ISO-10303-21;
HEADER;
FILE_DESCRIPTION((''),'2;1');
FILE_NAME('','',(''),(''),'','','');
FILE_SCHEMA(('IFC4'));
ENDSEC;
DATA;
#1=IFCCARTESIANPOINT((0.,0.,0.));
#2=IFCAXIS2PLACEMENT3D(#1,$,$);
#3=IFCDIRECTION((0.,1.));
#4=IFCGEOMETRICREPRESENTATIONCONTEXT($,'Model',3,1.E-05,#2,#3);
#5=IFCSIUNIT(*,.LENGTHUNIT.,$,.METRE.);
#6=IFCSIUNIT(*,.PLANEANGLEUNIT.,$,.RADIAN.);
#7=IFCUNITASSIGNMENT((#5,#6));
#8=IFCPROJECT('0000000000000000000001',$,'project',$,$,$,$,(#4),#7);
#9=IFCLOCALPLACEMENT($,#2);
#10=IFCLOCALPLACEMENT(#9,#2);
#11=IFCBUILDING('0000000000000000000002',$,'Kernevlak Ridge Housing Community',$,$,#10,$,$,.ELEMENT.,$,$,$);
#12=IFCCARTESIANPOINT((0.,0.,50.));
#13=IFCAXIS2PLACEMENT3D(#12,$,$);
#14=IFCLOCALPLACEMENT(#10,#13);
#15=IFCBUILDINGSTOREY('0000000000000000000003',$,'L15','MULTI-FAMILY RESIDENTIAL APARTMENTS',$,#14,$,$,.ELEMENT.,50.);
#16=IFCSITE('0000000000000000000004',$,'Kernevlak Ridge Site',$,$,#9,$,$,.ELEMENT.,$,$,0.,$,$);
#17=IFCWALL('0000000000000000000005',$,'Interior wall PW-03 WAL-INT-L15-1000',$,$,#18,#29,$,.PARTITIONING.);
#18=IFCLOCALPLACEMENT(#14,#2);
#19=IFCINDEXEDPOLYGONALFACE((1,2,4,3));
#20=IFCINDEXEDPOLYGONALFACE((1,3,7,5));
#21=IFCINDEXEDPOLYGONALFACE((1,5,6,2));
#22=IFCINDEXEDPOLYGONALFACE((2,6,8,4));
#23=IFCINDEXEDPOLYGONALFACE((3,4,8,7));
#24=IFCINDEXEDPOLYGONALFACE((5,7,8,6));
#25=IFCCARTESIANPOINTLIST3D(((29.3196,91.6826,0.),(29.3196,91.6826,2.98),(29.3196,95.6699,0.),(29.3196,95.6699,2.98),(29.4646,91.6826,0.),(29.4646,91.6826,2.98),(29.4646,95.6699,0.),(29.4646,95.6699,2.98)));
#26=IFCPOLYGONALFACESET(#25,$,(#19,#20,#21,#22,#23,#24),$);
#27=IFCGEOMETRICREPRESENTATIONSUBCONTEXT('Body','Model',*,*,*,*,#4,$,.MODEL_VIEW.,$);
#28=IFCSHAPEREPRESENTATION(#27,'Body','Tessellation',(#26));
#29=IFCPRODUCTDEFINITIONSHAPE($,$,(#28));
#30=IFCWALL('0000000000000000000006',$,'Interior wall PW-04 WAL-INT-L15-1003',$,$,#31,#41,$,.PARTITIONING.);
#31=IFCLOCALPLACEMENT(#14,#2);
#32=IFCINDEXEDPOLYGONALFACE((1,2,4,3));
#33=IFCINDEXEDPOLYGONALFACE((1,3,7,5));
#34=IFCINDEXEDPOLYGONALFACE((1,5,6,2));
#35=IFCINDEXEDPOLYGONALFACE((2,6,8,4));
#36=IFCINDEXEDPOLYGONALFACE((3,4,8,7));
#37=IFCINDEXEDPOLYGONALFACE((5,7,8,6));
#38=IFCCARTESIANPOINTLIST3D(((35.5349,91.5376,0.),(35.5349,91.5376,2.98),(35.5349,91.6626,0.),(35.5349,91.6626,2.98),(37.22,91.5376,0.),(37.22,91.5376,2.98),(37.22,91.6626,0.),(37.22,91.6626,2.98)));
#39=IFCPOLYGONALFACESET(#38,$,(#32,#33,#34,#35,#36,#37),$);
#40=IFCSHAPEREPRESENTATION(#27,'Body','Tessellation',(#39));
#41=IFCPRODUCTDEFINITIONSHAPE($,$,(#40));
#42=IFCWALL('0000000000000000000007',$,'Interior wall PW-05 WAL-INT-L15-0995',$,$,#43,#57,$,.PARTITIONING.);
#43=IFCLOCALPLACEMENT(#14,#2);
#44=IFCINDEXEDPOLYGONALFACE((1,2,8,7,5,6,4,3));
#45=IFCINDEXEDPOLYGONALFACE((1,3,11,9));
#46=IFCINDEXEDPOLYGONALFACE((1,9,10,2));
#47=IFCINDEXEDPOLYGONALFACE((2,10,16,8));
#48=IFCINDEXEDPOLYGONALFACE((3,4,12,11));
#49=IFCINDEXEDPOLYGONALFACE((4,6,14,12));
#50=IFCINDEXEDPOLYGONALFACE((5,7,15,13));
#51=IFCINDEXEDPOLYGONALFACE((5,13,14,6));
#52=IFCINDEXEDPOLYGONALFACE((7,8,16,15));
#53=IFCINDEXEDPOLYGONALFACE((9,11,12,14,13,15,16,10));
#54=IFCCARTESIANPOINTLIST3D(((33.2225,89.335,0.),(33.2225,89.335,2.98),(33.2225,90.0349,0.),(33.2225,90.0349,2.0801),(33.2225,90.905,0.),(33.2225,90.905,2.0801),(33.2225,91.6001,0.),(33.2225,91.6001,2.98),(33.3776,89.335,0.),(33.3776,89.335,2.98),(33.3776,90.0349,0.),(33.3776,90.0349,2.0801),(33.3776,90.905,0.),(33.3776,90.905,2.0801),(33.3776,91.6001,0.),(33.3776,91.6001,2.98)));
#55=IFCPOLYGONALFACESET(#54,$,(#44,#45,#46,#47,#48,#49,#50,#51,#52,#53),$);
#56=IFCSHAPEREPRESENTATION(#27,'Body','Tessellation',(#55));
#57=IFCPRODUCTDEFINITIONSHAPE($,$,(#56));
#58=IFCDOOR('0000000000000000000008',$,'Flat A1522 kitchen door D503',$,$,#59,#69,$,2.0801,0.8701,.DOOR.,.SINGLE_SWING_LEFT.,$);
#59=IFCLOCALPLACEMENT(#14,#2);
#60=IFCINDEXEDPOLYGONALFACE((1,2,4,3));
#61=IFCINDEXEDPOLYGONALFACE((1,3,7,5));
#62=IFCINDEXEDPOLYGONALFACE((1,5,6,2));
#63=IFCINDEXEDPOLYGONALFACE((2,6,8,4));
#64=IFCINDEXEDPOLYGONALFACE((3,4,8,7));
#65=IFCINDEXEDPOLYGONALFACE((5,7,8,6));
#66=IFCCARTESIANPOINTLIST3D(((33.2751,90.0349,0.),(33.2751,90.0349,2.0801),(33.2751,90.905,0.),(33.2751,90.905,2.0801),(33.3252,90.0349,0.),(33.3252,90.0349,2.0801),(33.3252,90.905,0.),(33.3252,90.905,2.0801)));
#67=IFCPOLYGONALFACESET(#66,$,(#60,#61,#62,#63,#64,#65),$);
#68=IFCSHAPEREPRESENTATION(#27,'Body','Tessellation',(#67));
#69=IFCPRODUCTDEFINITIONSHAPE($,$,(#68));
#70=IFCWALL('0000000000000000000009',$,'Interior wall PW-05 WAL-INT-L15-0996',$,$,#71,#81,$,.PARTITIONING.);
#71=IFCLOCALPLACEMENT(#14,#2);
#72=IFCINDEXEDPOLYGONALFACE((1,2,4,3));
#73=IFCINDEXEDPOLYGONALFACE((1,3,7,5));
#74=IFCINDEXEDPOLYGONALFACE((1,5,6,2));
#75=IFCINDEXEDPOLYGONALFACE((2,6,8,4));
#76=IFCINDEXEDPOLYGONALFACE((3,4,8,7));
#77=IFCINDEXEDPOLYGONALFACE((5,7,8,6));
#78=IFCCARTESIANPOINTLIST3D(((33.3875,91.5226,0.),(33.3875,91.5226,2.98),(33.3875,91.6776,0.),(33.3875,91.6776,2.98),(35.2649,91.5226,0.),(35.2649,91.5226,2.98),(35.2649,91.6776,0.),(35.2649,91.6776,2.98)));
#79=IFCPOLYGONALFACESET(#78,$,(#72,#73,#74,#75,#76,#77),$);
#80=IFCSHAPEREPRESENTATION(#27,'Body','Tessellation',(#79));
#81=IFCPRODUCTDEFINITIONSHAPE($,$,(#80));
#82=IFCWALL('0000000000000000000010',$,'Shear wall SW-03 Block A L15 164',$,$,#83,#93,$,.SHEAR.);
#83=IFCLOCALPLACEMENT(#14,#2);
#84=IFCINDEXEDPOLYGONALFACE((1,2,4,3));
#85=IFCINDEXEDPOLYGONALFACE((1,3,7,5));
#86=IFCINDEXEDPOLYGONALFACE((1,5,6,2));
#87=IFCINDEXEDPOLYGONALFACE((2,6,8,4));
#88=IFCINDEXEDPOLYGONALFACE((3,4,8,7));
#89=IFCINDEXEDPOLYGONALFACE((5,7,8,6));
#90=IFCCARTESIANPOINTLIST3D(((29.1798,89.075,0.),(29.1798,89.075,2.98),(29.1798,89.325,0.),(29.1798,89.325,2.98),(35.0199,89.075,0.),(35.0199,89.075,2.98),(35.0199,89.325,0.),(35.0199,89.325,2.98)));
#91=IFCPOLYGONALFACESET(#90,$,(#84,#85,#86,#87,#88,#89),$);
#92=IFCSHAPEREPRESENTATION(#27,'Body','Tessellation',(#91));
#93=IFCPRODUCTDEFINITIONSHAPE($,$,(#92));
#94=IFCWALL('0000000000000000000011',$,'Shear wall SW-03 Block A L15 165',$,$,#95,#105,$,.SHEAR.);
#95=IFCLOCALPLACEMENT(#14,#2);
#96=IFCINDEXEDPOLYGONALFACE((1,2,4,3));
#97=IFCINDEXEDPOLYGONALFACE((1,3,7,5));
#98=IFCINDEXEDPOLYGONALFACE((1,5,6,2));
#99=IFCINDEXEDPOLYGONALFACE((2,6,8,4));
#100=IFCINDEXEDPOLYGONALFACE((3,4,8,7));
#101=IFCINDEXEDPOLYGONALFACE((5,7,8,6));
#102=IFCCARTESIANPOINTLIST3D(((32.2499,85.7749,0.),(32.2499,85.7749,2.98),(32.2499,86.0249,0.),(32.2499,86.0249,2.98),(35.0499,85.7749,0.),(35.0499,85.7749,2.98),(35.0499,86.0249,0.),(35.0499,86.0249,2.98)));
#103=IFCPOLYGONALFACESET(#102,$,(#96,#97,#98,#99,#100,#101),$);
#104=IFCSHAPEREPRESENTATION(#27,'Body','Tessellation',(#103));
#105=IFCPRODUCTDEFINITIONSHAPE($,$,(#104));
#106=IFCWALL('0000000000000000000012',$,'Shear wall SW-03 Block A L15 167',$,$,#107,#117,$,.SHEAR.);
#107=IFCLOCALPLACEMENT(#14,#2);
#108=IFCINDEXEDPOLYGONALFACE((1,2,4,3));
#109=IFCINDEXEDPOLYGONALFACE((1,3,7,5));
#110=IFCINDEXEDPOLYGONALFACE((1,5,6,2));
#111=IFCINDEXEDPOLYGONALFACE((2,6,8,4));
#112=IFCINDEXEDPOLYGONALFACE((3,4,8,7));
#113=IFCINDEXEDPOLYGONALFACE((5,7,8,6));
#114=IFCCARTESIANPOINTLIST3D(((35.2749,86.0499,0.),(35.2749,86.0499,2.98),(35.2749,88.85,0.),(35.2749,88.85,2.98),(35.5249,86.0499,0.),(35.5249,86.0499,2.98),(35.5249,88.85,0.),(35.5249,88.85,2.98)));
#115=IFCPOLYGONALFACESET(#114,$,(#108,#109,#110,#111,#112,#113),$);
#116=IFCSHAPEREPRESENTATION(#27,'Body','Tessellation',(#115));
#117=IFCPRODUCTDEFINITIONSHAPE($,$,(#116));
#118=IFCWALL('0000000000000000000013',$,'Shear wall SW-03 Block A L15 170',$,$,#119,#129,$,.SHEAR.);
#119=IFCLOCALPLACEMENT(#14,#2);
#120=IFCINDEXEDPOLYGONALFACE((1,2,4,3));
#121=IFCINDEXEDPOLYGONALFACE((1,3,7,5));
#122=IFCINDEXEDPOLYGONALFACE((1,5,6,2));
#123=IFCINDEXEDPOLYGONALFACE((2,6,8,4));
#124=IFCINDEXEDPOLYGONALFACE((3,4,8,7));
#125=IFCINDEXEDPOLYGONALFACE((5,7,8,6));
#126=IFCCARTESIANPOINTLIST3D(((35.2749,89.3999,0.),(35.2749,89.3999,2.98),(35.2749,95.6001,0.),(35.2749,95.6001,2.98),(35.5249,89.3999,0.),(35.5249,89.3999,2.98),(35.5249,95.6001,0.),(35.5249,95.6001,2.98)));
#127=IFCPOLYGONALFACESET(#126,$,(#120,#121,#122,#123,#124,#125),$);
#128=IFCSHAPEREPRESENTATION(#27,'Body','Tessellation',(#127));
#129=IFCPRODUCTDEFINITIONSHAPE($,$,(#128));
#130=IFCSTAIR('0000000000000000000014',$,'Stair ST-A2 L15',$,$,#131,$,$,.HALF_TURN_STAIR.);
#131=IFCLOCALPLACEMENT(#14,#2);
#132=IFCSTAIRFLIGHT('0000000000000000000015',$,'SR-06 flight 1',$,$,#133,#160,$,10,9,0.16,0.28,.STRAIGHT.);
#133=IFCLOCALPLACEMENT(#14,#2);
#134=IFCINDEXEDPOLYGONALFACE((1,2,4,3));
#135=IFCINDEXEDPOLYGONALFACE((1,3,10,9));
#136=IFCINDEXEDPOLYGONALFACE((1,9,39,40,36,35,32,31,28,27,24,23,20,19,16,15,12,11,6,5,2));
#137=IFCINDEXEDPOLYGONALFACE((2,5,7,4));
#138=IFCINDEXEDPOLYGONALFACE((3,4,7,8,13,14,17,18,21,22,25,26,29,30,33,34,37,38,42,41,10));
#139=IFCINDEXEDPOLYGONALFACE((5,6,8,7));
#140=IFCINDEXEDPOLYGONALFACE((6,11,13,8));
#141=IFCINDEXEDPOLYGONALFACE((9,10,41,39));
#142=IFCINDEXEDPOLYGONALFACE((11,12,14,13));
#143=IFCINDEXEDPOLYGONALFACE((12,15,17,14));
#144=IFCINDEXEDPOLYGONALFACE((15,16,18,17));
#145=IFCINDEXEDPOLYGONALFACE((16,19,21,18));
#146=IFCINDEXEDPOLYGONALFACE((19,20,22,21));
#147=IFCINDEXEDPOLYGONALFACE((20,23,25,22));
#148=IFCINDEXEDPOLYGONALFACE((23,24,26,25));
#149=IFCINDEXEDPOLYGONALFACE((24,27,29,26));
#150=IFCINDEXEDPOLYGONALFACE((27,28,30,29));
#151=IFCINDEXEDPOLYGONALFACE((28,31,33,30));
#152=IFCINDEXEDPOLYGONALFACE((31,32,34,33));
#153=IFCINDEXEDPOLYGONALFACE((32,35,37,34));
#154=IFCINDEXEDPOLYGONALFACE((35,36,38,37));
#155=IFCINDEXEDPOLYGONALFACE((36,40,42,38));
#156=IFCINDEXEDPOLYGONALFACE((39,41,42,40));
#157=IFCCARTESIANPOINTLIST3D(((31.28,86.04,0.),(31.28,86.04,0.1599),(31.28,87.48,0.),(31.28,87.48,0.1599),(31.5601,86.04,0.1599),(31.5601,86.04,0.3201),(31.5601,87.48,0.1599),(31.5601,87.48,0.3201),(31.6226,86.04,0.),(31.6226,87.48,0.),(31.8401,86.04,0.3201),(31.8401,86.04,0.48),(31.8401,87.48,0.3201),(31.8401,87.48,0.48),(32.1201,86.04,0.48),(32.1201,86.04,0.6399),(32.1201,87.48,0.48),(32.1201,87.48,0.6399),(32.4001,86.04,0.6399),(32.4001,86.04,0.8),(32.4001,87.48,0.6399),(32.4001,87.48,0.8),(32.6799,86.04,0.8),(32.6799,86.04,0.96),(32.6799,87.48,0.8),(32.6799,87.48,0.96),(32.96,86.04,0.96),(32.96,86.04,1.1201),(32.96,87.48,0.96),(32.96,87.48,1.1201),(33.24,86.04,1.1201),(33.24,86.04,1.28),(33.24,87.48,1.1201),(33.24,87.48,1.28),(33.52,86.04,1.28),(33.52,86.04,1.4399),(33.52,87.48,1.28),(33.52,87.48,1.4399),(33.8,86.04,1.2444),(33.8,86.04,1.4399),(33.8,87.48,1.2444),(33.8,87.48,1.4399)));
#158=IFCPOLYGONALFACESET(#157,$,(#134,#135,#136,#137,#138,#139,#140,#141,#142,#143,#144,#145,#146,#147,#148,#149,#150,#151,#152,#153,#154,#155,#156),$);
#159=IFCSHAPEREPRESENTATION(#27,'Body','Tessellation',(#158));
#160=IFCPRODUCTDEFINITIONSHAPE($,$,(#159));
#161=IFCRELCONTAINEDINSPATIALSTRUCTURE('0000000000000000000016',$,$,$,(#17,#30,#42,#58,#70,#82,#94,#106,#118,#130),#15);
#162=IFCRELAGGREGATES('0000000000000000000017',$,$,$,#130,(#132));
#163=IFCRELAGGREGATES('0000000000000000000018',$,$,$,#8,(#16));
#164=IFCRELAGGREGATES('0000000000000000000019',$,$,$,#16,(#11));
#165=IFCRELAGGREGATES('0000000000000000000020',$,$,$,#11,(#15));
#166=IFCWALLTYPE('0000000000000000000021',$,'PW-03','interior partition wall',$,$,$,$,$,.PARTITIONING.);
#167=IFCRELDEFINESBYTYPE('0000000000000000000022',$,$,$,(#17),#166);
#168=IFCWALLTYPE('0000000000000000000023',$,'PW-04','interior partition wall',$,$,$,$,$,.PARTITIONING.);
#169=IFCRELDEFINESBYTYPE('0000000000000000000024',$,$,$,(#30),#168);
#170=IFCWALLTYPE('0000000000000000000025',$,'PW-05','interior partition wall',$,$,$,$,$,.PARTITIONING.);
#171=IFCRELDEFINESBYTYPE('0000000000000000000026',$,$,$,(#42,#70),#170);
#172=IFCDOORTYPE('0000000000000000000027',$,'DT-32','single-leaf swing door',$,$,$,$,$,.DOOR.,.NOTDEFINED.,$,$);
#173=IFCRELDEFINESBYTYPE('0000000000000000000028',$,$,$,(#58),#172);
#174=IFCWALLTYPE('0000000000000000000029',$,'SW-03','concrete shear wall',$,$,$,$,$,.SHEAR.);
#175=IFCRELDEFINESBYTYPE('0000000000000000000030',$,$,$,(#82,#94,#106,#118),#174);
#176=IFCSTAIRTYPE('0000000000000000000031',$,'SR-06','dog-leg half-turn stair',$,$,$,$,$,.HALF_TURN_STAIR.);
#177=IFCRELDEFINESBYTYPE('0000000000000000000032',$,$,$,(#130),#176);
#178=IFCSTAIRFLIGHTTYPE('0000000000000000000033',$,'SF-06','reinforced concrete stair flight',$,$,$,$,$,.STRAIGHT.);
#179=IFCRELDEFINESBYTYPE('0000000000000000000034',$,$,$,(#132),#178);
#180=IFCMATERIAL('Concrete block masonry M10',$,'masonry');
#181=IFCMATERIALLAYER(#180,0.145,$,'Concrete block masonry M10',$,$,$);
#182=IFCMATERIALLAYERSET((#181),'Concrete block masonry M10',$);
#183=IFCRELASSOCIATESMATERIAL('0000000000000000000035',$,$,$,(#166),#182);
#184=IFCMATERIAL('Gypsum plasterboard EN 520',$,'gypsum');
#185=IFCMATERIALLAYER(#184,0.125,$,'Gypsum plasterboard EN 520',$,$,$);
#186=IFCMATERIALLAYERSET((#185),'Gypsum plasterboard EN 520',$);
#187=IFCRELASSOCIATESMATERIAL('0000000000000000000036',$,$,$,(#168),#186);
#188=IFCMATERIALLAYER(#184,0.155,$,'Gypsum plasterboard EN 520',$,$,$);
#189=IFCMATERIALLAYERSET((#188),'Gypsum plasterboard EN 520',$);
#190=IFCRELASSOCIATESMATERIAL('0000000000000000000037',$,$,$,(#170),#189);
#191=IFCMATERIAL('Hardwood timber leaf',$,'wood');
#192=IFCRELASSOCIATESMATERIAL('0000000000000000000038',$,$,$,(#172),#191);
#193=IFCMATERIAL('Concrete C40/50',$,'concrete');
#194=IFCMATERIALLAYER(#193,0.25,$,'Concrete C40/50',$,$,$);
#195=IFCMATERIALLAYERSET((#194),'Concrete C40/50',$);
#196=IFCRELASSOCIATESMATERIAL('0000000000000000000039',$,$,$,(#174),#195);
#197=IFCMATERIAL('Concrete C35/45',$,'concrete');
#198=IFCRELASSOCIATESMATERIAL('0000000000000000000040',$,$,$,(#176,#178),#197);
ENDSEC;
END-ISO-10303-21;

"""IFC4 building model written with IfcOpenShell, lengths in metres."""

from ifc_helpers import new_model, si_unit, direction, frame, frame_2d, origin, place, context, subcontext, project, spatial, polyline, rectangle, outline, extrude, material, layer, layer_set, type_object, element, fill, aggregate, save


model = new_model("IFC4")

# Units and contexts
model_context = context("Model", 3, precision=1e-05, world=origin(), true_north=direction((0.0, 1.0)))
body_context = subcontext(model_context, "Body", "Model", "MODEL_VIEW")
ifc_project = project(units=[si_unit("LENGTHUNIT", "METRE"), si_unit("PLANEANGLEUNIT", "RADIAN")], contexts=[model_context])

# Site, building, storey
site_placement = place(None, origin())
site = spatial("IfcSite", under=ifc_project, at=site_placement, Name="Kernevlak Ridge Site", CompositionType="ELEMENT", RefElevation=0.0)
building_placement = place(site_placement, origin())
building = spatial("IfcBuilding", under=site, at=building_placement, Name="Kernevlak Ridge Housing Community", CompositionType="ELEMENT")
storey_placement = place(building_placement, frame((0.0, 0.0, 50.0)))
storey = spatial("IfcBuildingStorey", under=building, at=storey_placement, Name="L15", Description="MULTI-FAMILY RESIDENTIAL APARTMENTS", CompositionType="ELEMENT", Elevation=50.0)

# Shared definitions
ifc_material_1 = material(Name="Concrete C35/45", Category="concrete")

# Shared definitions
ifc_material_2 = material(Name="Concrete block masonry M10", Category="masonry")

# Walls
ifc_layer_1 = layer(ifc_material_2, 0.145, Name="Concrete block masonry M10")
ifc_layer_set_1 = layer_set([ifc_layer_1], Name="Concrete block masonry M10")
wall_type_1 = type_object("IfcWallType", Name="PW-03", Description="interior partition wall", PredefinedType="PARTITIONING", material=ifc_layer_set_1)
wall_1_placement = place(storey_placement, frame((29.3921, 91.6826, 0.0), z_axis=(0.0, 0.0, 1.0), x_axis=(0.0, 1.0, 0.0)))
element("IfcWall", 1, at=wall_1_placement, inside=storey, type_object=wall_type_1, Name="Interior wall PW-03 WAL-INT-L15-1000", PredefinedType="PARTITIONING", context=body_context, shape_type="SweptSolid", body=[
    extrude(rectangle(XDim=3.9873, YDim=0.145, at=frame_2d((1.9937, 0.0))), origin(), (0.0, 0.0, 1.0), 2.98),
])
ifc_material_3 = material(Name="Gypsum plasterboard EN 520", Category="gypsum")
ifc_layer_2 = layer(ifc_material_3, 0.125, Name="Gypsum plasterboard EN 520")
ifc_layer_set_2 = layer_set([ifc_layer_2], Name="Gypsum plasterboard EN 520")
wall_type_2 = type_object("IfcWallType", Name="PW-04", Description="interior partition wall", PredefinedType="PARTITIONING", material=ifc_layer_set_2)
wall_2_placement = place(storey_placement, frame((35.5349, 91.6001, 0.0), z_axis=(0.0, 0.0, 1.0), x_axis=(1.0, 0.0, 0.0)))
element("IfcWall", 2, at=wall_2_placement, inside=storey, type_object=wall_type_2, Name="Interior wall PW-04 WAL-INT-L15-1003", PredefinedType="PARTITIONING", context=body_context, shape_type="SweptSolid", body=[
    extrude(rectangle(XDim=1.6851, YDim=0.125, at=frame_2d((0.8425, 0.0))), origin(), (0.0, 0.0, 1.0), 2.98),
])

# Wall, opening, door
ifc_layer_3 = layer(ifc_material_3, 0.155, Name="Gypsum plasterboard EN 520")
ifc_layer_set_3 = layer_set([ifc_layer_3], Name="Gypsum plasterboard EN 520")
wall_type_3 = type_object("IfcWallType", Name="PW-05", Description="interior partition wall", PredefinedType="PARTITIONING", material=ifc_layer_set_3)
wall_3_placement = place(storey_placement, frame((33.3, 89.335, 0.0), z_axis=(0.0, 0.0, 1.0), x_axis=(0.0, 1.0, 0.0)))
wall_3 = element("IfcWall", 3, at=wall_3_placement, inside=storey, type_object=wall_type_3, Name="Interior wall PW-05 WAL-INT-L15-0995", PredefinedType="PARTITIONING", context=body_context, shape_type="SweptSolid", body=[
    extrude(rectangle(XDim=2.2651, YDim=0.155, at=frame_2d((1.1326, 0.0))), origin(), (0.0, 0.0, 1.0), 2.98),
])
opening_1_placement = place(wall_3_placement, frame((0.7, 0.0, 0.0)))
opening_1 = element("IfcOpeningElement", 4, at=opening_1_placement, cuts=wall_3, PredefinedType="OPENING", context=body_context, shape_type="SweptSolid", body=[
    extrude(rectangle(XDim=0.8701, YDim=2.0801, at=frame_2d((0.4351, 1.04))), frame((0.0, 0.0874, 0.0), z_axis=(0.0, -1.0, 0.0), x_axis=(1.0, 0.0, 0.0)), (0.0, 0.0, 1.0), 0.175),
])
ifc_material_4 = material(Name="Hardwood timber leaf", Category="wood")
door_type_1 = type_object("IfcDoorType", Name="DT-32", Description="single-leaf swing door", OperationType="NOTDEFINED", PredefinedType="DOOR", material=ifc_material_4)
door_1_placement = place(opening_1_placement, origin())
door_1 = element("IfcDoor", 5, at=door_1_placement, inside=storey, type_object=door_type_1, Name="Flat A1522 kitchen door D503", OperationType="SINGLE_SWING_LEFT", OverallHeight=2.0801, OverallWidth=0.8701, PredefinedType="DOOR", context=body_context, shape_type="SweptSolid", body=[
    extrude(rectangle(XDim=0.8701, YDim=2.0801, at=frame_2d((0.4351, 1.04))), frame((0.0, 0.0249, 0.0), z_axis=(0.0, -1.0, 0.0), x_axis=(1.0, 0.0, 0.0)), (0.0, 0.0, 1.0), 0.05),
])
fill(opening_1, door_1)

# Walls
wall_4_placement = place(storey_placement, frame((33.3875, 91.6001, 0.0), z_axis=(0.0, 0.0, 1.0), x_axis=(1.0, 0.0, 0.0)))
element("IfcWall", 6, at=wall_4_placement, inside=storey, type_object=wall_type_3, Name="Interior wall PW-05 WAL-INT-L15-0996", PredefinedType="PARTITIONING", context=body_context, shape_type="SweptSolid", body=[
    extrude(rectangle(XDim=1.8774, YDim=0.155, at=frame_2d((0.9387, 0.0))), origin(), (0.0, 0.0, 1.0), 2.98),
])
ifc_material_5 = material(Name="Concrete C40/50", Category="concrete")
ifc_layer_4 = layer(ifc_material_5, 0.25, Name="Concrete C40/50")
ifc_layer_set_4 = layer_set([ifc_layer_4], Name="Concrete C40/50")
wall_type_4 = type_object("IfcWallType", Name="SW-03", Description="concrete shear wall", PredefinedType="SHEAR", material=ifc_layer_set_4)
wall_5_placement = place(storey_placement, frame((29.1799, 89.2, 0.0), z_axis=(0.0, 0.0, 1.0), x_axis=(1.0, 0.0, 0.0)))
element("IfcWall", 7, at=wall_5_placement, inside=storey, type_object=wall_type_4, Name="Shear wall SW-03 Block A L15 164", PredefinedType="SHEAR", context=body_context, shape_type="SweptSolid", body=[
    extrude(rectangle(XDim=5.8401, YDim=0.25, at=frame_2d((2.9199, 0.0))), origin(), (0.0, 0.0, 1.0), 2.98),
])
for number, where, z_axis, x_axis, name in (
    (8, (32.25, 85.8999, 0.0), (0.0, 0.0, 1.0), (1.0, 0.0, 0.0), "Shear wall SW-03 Block A L15 165"),
    (9, (35.3999, 86.05, 0.0), (0.0, 0.0, 1.0), (0.0, 1.0, 0.0), "Shear wall SW-03 Block A L15 167"),
):
    element("IfcWall", number, at=place(storey_placement, frame(where, z_axis=z_axis, x_axis=x_axis)), inside=storey, type_object=wall_type_4, Name=name, PredefinedType="SHEAR", context=body_context, shape_type="SweptSolid", body=[
        extrude(rectangle(XDim=2.8, YDim=0.25, at=frame_2d((1.3999, 0.0))), origin(), (0.0, 0.0, 1.0), 2.98),
    ])
wall_6_placement = place(storey_placement, frame((35.3999, 89.3999, 0.0), z_axis=(0.0, 0.0, 1.0), x_axis=(0.0, 1.0, 0.0)))
element("IfcWall", 10, at=wall_6_placement, inside=storey, type_object=wall_type_4, Name="Shear wall SW-03 Block A L15 170", PredefinedType="SHEAR", context=body_context, shape_type="SweptSolid", body=[
    extrude(rectangle(XDim=6.2002, YDim=0.25, at=frame_2d((3.1001, 0.0))), origin(), (0.0, 0.0, 1.0), 2.98),
])

# Stair, stair flight
stair_type = type_object("IfcStairType", Name="SR-06", Description="dog-leg half-turn stair", PredefinedType="HALF_TURN_STAIR", material=ifc_material_1)
stair_placement = place(storey_placement, origin())
stair = element("IfcStair", 11, at=stair_placement, inside=storey, type_object=stair_type, Name="Stair ST-A2 L15", PredefinedType="HALF_TURN_STAIR")
stair_flight_type = type_object("IfcStairFlightType", Name="SF-06", Description="reinforced concrete stair flight", PredefinedType="STRAIGHT", material=ifc_material_1)
stair_flight_1_placement = place(storey_placement, frame((31.28, 86.76, 0.0), z_axis=(0.0, 0.0, 1.0), x_axis=(1.0, 0.0, 0.0)))
stair_flight_1 = element("IfcStairFlight", 12, at=stair_flight_1_placement, type_object=stair_flight_type, Name="SR-06 flight 1", NumberOfRisers=10, NumberOfTreads=9, PredefinedType="STRAIGHT", RiserHeight=0.16, TreadLength=0.28, context=body_context, shape_type="SweptSolid", body=[
    extrude(outline(polyline([(0.0, 0.0), (0.0, 0.1599), (0.28, 0.1599), (0.28, 0.3201), (0.5601, 0.3201), (0.5601, 0.48), (0.8401, 0.48), (0.8401, 0.6399), (1.1201, 0.6399), (1.1201, 0.8), (1.3999, 0.8), (1.3999, 0.96), (1.6799, 0.96), (1.6799, 1.1201), (1.96, 1.1201), (1.96, 1.28), (2.24, 1.28), (2.24, 1.4399), (2.52, 1.4399), (2.52, 1.6001), (2.52, 1.2444), (0.3425, 0.0), (0.0, 0.0)])), frame((0.0, 0.72, 0.0), z_axis=(0.0, -1.0, 0.0), x_axis=(1.0, 0.0, 0.0)), (0.0, 0.0, 1.0), 1.4399),
])
aggregate(stair, [stair_flight_1])

save(model, "model.ifc")
